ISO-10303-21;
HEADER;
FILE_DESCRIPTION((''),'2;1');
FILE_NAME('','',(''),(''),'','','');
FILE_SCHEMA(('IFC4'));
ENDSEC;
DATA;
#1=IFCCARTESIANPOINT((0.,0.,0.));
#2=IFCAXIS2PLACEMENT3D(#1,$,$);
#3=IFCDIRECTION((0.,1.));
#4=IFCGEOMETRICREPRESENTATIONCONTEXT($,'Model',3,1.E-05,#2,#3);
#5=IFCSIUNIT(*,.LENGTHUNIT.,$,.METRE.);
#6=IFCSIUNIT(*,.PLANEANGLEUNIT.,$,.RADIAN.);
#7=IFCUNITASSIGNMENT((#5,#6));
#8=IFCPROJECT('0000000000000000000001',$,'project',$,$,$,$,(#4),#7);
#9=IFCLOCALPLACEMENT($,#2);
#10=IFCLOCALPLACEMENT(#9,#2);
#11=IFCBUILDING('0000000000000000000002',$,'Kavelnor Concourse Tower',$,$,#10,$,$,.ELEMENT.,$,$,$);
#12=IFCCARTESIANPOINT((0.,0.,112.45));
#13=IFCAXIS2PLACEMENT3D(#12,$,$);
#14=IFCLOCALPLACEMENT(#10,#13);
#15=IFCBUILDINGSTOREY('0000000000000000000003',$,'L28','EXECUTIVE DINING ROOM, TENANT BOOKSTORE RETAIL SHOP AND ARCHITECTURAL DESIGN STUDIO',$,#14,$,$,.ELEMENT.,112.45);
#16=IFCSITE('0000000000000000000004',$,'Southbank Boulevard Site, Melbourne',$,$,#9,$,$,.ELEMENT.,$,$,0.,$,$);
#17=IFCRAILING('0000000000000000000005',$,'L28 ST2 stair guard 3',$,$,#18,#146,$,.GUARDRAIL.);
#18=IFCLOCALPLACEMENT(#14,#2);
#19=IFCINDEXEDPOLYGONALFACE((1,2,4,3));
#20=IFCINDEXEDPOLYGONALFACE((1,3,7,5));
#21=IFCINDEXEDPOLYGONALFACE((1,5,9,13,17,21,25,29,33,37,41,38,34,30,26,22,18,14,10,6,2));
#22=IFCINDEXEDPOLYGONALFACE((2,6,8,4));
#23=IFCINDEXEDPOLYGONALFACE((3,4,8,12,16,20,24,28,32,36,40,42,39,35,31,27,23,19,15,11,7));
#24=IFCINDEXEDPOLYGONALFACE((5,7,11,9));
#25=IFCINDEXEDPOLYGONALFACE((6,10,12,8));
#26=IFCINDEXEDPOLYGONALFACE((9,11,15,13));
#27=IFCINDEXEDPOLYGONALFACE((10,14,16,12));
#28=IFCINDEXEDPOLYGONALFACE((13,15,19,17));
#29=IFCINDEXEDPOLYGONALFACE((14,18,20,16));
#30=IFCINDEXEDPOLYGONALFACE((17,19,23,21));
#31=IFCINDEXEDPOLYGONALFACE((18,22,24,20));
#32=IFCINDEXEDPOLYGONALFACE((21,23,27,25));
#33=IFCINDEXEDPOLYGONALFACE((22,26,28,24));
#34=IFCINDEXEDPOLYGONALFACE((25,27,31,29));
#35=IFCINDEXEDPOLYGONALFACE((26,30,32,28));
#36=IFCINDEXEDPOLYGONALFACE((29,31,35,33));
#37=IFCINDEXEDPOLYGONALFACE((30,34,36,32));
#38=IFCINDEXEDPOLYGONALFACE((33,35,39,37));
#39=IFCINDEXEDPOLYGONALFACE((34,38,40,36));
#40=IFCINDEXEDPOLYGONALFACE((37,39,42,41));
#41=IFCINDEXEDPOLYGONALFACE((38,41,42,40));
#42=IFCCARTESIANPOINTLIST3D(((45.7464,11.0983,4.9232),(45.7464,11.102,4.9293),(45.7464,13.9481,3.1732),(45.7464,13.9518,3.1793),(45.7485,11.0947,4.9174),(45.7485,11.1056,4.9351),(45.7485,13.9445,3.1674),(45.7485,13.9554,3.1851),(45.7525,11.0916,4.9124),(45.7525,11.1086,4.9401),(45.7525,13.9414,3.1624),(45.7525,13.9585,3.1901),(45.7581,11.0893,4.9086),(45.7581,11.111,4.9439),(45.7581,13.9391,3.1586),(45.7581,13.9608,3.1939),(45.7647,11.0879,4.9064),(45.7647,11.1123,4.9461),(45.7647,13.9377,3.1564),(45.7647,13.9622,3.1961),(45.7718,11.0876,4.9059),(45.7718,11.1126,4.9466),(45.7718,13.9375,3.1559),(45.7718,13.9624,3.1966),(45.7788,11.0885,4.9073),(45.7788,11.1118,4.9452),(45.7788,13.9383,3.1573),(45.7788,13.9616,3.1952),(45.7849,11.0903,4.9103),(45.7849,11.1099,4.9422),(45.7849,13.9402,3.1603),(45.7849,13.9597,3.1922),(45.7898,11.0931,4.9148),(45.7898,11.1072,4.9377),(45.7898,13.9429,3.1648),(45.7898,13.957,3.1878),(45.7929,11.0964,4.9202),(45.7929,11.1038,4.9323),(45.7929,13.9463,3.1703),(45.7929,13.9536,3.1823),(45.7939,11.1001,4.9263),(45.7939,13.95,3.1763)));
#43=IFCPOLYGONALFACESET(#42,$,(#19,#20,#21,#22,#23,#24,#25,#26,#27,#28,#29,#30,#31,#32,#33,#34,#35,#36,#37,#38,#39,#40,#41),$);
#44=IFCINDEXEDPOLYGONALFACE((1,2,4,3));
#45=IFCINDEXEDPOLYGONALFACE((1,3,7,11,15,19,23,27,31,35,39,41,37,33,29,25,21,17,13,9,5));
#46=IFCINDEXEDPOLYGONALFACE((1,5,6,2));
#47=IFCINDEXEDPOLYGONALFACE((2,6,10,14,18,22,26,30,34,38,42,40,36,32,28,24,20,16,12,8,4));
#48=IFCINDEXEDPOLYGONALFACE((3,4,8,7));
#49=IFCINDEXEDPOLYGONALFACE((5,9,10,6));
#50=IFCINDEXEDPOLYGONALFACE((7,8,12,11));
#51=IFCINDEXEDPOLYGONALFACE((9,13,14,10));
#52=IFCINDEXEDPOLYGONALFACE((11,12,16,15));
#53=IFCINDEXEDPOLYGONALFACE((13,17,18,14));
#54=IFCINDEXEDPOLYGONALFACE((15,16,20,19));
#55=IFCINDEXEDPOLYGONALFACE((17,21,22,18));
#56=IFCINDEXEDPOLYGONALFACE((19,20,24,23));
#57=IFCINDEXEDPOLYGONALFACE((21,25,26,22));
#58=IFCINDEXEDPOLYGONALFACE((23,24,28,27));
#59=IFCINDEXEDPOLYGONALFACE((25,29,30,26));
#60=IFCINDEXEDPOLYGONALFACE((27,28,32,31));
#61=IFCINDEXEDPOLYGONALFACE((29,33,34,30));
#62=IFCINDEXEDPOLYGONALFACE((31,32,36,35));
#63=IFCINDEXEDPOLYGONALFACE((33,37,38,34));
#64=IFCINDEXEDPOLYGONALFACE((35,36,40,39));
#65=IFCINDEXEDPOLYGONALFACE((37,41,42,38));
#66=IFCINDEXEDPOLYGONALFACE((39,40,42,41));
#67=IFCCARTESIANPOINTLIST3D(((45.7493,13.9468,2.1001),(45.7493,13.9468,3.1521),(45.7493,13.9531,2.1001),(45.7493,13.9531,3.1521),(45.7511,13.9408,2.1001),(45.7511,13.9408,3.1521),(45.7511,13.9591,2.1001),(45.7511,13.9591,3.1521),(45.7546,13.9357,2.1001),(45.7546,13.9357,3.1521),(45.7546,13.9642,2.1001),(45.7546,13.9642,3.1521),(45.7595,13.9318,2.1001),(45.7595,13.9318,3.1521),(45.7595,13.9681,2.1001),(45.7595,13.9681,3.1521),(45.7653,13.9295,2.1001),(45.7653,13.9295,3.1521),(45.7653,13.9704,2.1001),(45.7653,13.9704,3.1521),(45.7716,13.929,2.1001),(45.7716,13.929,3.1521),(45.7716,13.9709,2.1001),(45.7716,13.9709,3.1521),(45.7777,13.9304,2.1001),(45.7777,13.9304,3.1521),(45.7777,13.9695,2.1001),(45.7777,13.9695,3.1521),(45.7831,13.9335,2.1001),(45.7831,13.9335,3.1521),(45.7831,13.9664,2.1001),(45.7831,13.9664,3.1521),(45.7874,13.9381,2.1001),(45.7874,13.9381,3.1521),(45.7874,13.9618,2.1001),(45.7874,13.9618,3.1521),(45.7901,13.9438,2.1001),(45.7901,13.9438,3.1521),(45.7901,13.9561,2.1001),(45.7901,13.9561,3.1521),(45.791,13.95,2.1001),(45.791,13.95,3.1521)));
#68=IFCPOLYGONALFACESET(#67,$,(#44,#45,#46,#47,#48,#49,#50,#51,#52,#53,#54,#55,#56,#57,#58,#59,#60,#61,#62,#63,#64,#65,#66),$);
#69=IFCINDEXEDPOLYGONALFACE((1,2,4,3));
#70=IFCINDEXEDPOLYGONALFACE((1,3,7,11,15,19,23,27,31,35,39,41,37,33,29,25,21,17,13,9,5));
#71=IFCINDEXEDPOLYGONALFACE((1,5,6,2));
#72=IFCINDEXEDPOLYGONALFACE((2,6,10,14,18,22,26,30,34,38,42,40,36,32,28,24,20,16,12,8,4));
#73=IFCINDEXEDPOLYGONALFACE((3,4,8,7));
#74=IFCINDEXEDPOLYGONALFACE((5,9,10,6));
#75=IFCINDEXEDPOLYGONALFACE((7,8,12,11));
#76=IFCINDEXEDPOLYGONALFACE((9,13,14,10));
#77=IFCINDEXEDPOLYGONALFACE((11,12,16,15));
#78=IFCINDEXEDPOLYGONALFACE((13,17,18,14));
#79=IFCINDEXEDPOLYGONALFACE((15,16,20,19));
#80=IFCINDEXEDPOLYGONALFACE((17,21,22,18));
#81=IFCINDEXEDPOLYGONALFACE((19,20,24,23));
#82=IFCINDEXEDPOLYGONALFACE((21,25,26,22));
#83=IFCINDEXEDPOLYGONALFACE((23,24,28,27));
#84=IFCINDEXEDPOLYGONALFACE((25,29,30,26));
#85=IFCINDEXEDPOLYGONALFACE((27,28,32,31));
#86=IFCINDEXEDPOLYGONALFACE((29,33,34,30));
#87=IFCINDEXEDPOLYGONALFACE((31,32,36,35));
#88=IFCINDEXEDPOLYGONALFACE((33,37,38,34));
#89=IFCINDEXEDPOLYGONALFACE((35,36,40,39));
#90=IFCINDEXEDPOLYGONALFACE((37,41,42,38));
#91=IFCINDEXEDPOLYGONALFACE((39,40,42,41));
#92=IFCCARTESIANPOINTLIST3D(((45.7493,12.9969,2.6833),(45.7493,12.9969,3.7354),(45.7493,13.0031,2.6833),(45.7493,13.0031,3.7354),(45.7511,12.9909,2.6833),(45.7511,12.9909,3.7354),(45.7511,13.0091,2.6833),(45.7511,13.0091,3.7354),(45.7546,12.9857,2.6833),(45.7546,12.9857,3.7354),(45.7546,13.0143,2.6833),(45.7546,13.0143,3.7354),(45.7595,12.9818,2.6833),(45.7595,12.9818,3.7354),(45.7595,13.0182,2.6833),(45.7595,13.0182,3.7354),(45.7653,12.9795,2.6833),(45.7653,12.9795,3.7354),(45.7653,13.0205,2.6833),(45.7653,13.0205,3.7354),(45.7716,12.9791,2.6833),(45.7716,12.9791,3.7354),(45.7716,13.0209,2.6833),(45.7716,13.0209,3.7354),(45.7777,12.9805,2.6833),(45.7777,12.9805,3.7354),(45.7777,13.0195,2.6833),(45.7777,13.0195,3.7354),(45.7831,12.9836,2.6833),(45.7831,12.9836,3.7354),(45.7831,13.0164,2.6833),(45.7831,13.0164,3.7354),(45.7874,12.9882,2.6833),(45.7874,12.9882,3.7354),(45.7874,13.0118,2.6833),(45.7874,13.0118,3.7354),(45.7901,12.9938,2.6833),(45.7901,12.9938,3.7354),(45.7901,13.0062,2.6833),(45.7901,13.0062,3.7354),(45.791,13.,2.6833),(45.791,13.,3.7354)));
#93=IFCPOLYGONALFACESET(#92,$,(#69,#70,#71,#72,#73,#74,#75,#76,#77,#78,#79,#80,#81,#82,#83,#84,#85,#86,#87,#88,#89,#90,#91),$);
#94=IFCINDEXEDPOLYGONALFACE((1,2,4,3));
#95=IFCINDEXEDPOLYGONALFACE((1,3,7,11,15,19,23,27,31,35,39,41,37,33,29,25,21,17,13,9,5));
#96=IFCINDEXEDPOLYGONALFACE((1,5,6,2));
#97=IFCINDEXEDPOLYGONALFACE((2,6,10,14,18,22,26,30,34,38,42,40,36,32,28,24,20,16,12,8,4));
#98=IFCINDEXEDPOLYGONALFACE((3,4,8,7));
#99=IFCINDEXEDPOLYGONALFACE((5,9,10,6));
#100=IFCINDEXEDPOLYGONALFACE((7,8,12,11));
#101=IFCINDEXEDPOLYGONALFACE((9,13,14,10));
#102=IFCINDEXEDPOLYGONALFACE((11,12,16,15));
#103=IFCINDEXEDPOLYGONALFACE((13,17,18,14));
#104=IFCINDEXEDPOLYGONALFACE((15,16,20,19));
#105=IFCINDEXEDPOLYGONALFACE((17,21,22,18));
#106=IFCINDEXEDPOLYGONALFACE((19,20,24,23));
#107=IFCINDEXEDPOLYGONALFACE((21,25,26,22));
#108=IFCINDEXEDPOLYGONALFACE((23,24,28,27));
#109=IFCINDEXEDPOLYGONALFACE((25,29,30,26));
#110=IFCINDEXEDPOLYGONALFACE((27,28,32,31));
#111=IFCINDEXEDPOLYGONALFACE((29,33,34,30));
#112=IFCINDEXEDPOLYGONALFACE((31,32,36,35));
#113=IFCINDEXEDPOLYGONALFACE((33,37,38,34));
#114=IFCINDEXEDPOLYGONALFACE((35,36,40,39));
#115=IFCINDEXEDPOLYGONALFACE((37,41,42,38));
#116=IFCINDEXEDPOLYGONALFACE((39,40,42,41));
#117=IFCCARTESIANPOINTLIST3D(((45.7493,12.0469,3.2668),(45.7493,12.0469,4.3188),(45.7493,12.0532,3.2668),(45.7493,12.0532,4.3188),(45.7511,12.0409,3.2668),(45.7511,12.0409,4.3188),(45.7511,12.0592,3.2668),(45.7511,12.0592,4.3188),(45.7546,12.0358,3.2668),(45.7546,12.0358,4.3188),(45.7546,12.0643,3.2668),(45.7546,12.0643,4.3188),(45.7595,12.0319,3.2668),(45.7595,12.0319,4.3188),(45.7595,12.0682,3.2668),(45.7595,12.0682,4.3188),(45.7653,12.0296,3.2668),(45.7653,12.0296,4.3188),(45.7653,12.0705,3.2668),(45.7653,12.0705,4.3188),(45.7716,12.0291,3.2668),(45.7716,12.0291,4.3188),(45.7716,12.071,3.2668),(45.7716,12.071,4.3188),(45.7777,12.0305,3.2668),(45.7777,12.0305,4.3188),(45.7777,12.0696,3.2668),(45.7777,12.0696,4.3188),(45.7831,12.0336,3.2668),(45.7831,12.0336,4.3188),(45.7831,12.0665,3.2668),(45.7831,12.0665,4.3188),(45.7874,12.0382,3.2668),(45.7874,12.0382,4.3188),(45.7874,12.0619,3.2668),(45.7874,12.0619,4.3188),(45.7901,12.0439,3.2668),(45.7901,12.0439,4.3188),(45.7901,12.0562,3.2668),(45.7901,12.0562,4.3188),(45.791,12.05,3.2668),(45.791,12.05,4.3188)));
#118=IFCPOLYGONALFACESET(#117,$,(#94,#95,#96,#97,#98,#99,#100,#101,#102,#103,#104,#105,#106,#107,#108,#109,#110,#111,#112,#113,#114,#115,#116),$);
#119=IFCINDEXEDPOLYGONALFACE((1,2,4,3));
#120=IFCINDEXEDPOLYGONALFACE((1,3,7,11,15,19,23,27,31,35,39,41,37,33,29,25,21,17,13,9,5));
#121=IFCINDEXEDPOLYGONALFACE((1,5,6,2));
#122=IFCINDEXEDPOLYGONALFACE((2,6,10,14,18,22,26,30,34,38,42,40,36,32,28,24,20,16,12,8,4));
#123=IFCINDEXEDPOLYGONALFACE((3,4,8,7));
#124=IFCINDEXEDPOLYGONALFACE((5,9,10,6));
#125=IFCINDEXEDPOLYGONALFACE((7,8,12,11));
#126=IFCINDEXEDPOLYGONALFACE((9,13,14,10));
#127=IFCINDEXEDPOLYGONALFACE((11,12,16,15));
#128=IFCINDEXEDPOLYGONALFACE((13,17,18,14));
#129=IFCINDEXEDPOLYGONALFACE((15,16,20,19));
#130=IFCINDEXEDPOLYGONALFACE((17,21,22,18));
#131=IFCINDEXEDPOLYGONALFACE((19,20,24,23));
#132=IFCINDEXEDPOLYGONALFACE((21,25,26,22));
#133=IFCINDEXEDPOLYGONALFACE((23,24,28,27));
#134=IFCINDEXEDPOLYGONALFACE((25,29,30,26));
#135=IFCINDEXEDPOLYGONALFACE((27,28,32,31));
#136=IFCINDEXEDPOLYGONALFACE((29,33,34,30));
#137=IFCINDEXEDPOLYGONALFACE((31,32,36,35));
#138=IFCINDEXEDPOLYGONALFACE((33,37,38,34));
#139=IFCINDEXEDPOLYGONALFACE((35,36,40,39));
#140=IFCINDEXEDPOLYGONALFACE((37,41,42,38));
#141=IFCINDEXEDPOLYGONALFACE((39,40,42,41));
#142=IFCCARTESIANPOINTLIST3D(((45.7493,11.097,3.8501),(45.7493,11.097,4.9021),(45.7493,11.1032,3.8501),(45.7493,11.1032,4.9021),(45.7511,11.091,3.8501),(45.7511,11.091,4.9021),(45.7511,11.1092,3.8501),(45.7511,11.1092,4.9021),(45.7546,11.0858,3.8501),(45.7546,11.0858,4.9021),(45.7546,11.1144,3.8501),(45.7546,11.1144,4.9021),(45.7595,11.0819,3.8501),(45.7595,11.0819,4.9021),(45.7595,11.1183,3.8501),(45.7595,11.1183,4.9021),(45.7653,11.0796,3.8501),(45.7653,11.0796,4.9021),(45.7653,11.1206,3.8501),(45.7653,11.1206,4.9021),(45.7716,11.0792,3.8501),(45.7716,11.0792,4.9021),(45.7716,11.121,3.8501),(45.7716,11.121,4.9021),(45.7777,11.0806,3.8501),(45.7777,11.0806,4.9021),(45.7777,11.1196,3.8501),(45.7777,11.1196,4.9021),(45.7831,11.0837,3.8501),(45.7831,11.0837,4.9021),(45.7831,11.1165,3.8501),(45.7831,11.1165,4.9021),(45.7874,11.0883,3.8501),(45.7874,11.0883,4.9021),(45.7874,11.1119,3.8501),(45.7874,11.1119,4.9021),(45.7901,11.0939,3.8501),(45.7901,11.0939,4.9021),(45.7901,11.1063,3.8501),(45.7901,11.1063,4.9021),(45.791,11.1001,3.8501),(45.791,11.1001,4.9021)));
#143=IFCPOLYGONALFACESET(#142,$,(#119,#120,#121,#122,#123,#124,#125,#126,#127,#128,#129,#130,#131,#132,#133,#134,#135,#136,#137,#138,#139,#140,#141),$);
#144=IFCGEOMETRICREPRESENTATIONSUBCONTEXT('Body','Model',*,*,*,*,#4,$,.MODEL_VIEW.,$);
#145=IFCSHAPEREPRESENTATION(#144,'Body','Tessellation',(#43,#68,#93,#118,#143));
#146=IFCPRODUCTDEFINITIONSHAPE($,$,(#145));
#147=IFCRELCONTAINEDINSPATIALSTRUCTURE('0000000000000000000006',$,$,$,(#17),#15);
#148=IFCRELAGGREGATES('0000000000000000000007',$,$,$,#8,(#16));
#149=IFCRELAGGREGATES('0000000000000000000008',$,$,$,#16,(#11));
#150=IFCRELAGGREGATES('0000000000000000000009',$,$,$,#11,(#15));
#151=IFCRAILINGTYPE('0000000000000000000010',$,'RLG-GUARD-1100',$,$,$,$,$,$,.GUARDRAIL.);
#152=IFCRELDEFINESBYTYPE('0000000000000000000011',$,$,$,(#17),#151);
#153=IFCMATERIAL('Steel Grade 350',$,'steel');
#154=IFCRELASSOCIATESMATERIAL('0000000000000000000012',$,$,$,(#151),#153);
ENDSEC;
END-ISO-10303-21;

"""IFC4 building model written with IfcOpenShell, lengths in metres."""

from ifc_helpers import new_model, si_unit, direction, frame, origin, origin_2d, place, context, subcontext, project, spatial, circle, extrude, material, type_object, element, save


model = new_model("IFC4")

# Units and contexts
model_context = context("Model", 3, precision=1e-05, world=origin(), true_north=direction((0.0, 1.0)))
body_context = subcontext(model_context, "Body", "Model", "MODEL_VIEW")
ifc_project = project(units=[si_unit("LENGTHUNIT", "METRE"), si_unit("PLANEANGLEUNIT", "RADIAN")], contexts=[model_context])

# Site, building, storey
site_placement = place(None, origin())
site = spatial("IfcSite", under=ifc_project, at=site_placement, Name="Southbank Boulevard Site, Melbourne", CompositionType="ELEMENT", RefElevation=0.0)
building_placement = place(site_placement, origin())
building = spatial("IfcBuilding", under=site, at=building_placement, Name="Kavelnor Concourse Tower", CompositionType="ELEMENT")
storey_placement = place(building_placement, frame((0.0, 0.0, 112.45)))
storey = spatial("IfcBuildingStorey", under=building, at=storey_placement, Name="L28", Description="EXECUTIVE DINING ROOM, TENANT BOOKSTORE RETAIL SHOP AND ARCHITECTURAL DESIGN STUDIO", CompositionType="ELEMENT", Elevation=112.45)

# Shared definitions
ifc_material_1 = material(Name="Steel Grade 350", Category="steel")

# Railing
railing_type_1 = type_object("IfcRailingType", Name="RLG-GUARD-1100", PredefinedType="GUARDRAIL", material=ifc_material_1)
railing_1_placement = place(storey_placement, frame((45.77, 13.95, 2.1001)))
element("IfcRailing", 1, at=railing_1_placement, inside=storey, type_object=railing_type_1, Name="L28 ST2 stair guard 3", PredefinedType="GUARDRAIL", context=body_context, shape_type="SweptSolid", body=[
    extrude(circle(Radius=0.0239, at=origin_2d()), frame((0.0, 0.0, 1.0762), z_axis=(0.0, -0.852159, 0.523283), x_axis=(1.0, 0.0, 0.0)), (0.0, 0.0, 1.0), 3.3442),
    extrude(circle(Radius=0.021, at=origin_2d()), origin(), (0.0, 0.0, 1.0), 1.052),
    extrude(circle(Radius=0.021, at=origin_2d()), frame((0.0, -0.95, 0.5833)), (0.0, 0.0, 1.0), 1.052),
    extrude(circle(Radius=0.021, at=origin_2d()), frame((0.0, -1.8999, 1.1667)), (0.0, 0.0, 1.0), 1.052),
    extrude(circle(Radius=0.021, at=origin_2d()), frame((0.0, -2.8499, 1.75)), (0.0, 0.0, 1.0), 1.052),
])

save(model, "model.ifc")
